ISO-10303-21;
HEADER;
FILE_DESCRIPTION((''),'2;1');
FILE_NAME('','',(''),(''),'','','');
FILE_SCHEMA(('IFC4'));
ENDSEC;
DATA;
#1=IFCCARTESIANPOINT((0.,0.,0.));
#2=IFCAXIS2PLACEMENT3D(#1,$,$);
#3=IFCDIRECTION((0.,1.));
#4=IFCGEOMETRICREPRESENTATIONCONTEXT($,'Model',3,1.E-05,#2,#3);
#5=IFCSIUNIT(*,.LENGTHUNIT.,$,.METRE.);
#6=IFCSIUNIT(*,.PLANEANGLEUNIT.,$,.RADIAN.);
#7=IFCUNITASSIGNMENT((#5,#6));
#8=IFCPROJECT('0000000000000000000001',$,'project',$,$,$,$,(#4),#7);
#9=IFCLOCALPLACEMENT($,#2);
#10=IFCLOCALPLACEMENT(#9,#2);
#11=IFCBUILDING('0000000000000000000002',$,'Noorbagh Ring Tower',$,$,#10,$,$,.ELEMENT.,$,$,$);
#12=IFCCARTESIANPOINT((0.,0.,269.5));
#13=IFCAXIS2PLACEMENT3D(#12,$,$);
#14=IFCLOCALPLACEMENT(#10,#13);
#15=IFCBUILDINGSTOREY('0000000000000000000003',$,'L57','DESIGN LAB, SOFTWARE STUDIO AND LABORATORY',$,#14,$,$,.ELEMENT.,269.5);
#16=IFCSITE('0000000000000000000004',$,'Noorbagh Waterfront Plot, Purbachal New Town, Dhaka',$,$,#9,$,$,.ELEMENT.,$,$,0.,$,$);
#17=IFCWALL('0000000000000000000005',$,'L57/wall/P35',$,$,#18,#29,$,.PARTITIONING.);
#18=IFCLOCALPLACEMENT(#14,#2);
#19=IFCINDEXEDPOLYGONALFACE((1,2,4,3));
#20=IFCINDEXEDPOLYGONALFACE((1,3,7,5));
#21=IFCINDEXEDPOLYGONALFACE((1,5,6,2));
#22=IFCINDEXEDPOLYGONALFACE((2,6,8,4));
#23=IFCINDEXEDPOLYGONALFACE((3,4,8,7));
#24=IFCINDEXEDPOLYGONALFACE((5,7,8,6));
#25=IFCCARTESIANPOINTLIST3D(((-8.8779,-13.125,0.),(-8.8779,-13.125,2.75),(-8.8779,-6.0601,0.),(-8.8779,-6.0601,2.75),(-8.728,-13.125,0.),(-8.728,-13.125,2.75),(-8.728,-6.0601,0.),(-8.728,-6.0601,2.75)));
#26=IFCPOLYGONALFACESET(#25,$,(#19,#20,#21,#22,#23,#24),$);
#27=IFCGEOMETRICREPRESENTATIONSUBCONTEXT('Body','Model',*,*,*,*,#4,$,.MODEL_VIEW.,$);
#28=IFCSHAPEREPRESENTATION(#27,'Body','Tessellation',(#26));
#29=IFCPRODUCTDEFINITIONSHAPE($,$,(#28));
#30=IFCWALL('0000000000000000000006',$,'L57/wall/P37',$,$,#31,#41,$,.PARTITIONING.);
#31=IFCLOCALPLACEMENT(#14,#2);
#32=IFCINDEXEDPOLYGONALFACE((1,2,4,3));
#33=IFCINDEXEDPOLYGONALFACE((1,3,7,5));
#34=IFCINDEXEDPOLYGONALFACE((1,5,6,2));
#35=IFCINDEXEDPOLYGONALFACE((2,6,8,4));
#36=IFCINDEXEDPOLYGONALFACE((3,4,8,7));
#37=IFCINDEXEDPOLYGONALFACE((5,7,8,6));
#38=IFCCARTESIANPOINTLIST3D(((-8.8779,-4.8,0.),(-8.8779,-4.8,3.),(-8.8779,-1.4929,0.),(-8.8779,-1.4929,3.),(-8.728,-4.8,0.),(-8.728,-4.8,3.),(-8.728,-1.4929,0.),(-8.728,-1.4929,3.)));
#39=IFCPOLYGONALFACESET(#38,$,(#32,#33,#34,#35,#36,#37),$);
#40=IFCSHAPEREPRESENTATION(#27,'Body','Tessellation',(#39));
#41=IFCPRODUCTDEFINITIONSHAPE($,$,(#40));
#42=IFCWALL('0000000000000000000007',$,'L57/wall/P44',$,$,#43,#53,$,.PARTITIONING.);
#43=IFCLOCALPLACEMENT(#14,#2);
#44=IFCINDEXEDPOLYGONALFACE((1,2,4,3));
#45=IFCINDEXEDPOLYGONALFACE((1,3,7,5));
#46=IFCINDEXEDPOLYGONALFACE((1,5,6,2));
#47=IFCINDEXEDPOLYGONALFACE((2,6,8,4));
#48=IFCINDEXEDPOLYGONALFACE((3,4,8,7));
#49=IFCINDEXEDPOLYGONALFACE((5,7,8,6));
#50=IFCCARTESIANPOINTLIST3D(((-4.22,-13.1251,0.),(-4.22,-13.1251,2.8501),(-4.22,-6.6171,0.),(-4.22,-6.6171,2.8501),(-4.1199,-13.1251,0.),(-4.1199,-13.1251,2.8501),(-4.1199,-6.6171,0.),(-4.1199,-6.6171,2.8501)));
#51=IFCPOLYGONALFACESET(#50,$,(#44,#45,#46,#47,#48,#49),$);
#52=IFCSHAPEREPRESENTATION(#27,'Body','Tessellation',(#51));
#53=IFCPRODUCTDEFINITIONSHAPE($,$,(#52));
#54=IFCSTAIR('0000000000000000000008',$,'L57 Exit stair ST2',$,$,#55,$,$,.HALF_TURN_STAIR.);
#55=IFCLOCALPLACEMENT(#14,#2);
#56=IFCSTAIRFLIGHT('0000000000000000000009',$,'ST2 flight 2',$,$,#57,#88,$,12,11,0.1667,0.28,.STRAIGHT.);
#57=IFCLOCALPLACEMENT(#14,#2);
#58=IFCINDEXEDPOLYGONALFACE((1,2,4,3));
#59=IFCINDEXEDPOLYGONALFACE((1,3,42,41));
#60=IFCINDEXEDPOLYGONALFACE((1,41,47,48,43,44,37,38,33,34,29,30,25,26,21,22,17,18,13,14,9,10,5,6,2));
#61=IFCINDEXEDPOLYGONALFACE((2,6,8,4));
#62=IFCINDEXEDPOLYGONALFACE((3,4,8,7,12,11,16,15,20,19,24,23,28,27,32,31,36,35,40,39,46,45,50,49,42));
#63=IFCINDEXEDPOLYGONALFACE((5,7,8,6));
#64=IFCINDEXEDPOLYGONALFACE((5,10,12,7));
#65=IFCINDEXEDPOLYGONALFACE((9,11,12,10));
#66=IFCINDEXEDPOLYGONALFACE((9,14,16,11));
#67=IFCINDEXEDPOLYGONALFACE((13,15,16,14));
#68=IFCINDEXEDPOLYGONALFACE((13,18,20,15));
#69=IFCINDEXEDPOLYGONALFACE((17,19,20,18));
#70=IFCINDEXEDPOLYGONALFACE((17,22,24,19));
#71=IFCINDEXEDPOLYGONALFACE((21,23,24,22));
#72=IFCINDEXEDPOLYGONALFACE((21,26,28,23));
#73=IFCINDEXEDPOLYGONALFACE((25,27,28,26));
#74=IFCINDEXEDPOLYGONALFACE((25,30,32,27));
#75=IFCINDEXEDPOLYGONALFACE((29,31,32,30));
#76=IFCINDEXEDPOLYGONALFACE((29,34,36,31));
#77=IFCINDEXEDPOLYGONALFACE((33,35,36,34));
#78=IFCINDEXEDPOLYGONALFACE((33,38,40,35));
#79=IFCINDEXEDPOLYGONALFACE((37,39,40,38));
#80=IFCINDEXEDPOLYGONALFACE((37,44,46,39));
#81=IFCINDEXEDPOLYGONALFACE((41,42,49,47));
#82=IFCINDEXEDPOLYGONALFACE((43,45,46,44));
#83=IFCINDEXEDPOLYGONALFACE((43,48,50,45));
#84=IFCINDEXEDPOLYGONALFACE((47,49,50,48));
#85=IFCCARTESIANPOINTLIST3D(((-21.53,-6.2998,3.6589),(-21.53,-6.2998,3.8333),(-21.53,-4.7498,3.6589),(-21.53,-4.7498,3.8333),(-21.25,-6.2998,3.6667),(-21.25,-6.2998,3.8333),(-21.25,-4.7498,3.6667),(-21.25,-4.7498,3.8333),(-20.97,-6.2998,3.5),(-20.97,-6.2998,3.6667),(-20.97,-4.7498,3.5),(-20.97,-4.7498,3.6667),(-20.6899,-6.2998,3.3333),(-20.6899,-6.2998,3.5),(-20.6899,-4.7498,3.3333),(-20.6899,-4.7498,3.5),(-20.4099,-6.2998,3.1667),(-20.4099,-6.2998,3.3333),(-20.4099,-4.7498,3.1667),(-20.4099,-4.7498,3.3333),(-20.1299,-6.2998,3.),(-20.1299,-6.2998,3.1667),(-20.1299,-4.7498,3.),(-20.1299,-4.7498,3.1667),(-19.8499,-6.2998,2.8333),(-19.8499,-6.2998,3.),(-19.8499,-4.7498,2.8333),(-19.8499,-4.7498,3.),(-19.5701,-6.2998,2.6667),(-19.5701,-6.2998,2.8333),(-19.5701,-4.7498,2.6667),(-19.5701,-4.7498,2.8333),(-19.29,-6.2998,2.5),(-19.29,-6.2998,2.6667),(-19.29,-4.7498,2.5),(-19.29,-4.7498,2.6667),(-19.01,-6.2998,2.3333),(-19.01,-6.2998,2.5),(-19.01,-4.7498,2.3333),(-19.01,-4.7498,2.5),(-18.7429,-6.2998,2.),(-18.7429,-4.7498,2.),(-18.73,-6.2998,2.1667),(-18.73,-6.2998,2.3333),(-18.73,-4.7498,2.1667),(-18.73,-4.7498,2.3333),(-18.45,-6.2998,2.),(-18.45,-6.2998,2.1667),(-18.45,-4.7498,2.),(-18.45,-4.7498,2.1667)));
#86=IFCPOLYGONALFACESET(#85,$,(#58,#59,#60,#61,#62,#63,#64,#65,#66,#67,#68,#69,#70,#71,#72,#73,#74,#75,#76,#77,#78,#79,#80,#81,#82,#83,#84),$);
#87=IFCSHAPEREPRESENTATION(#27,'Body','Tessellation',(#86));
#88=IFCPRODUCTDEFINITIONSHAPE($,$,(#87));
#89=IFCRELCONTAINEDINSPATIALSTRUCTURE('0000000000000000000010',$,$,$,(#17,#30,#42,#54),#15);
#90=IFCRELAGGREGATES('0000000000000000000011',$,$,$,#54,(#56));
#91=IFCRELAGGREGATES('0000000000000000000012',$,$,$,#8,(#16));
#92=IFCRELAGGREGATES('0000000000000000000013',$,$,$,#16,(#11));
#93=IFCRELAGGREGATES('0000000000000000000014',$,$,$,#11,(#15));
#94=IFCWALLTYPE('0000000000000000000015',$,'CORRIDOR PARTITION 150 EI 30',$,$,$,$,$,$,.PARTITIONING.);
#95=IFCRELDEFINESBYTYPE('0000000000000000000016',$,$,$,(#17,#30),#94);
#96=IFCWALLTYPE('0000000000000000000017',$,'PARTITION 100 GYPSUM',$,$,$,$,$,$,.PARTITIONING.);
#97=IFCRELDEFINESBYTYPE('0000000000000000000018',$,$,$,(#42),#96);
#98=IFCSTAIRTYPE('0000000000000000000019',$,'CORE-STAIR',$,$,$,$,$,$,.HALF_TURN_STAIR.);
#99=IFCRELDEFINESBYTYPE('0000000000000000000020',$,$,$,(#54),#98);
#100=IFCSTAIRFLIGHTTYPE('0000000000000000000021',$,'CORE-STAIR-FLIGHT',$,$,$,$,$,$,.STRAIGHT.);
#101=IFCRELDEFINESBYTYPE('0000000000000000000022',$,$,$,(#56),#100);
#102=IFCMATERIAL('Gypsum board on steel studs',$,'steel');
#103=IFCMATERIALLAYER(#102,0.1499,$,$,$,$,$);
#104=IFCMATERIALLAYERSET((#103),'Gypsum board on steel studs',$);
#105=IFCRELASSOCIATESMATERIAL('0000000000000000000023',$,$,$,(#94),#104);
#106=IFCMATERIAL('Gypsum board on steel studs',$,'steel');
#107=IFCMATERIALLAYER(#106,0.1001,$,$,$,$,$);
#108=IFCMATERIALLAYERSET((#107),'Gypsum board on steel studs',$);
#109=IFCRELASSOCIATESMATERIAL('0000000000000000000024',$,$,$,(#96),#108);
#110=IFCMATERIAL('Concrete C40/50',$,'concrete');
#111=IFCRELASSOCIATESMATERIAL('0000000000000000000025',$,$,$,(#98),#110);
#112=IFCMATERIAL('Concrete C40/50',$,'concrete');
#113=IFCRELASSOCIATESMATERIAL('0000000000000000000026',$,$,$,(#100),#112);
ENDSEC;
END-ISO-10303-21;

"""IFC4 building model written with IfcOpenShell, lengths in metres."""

from ifc_helpers import new_model, si_unit, direction, frame, frame_2d, origin, place, context, subcontext, project, spatial, polyline, rectangle, outline, extrude, material, layer, layer_set, type_object, element, aggregate, save


model = new_model("IFC4")

# Units and contexts
model_context = context("Model", 3, precision=1e-05, world=origin(), true_north=direction((0.0, 1.0)))
body_context = subcontext(model_context, "Body", "Model", "MODEL_VIEW")
ifc_project = project(units=[si_unit("LENGTHUNIT", "METRE"), si_unit("PLANEANGLEUNIT", "RADIAN")], contexts=[model_context])

# Site, building, storey
site_placement = place(None, origin())
site = spatial("IfcSite", under=ifc_project, at=site_placement, Name="Noorbagh Waterfront Plot, Purbachal New Town, Dhaka", CompositionType="ELEMENT", RefElevation=0.0)
building_placement = place(site_placement, origin())
building = spatial("IfcBuilding", under=site, at=building_placement, Name="Noorbagh Ring Tower", CompositionType="ELEMENT")
storey_placement = place(building_placement, frame((0.0, 0.0, 269.5)))
storey = spatial("IfcBuildingStorey", under=building, at=storey_placement, Name="L57", Description="DESIGN LAB, SOFTWARE STUDIO AND LABORATORY", CompositionType="ELEMENT", Elevation=269.5)

# Shared definitions
ifc_material_1 = material(Name="Gypsum board on steel studs", Category="steel")
ifc_layer_1 = layer(ifc_material_1, 0.1499)
ifc_layer_set_1 = layer_set([ifc_layer_1], Name="Gypsum board on steel studs")
wall_type_1 = type_object("IfcWallType", Name="CORRIDOR PARTITION 150 EI 30", PredefinedType="PARTITIONING", material=ifc_layer_set_1)

# Walls
wall_1_placement = place(storey_placement, frame((-8.803, -13.125, 0.0), z_axis=(0.0, 0.0, 1.0), x_axis=(0.0, 1.0, 0.0)))
element("IfcWall", 1, at=wall_1_placement, inside=storey, type_object=wall_type_1, Name="L57/wall/P35", PredefinedType="PARTITIONING", context=body_context, shape_type="SweptSolid", body=[
    extrude(rectangle(XDim=7.0649, YDim=0.1499, at=frame_2d((3.5325, 0.0))), origin(), (0.0, 0.0, 1.0), 2.75),
])
wall_2_placement = place(storey_placement, frame((-8.803, -4.8, 0.0), z_axis=(0.0, 0.0, 1.0), x_axis=(0.0, 1.0, 0.0)))
element("IfcWall", 2, at=wall_2_placement, inside=storey, type_object=wall_type_1, Name="L57/wall/P37", PredefinedType="PARTITIONING", context=body_context, shape_type="SweptSolid", body=[
    extrude(rectangle(XDim=3.3071, YDim=0.1499, at=frame_2d((1.6536, 0.0))), origin(), (0.0, 0.0, 1.0), 3.0),
])
ifc_material_2 = material(Name="Gypsum board on steel studs", Category="steel")
ifc_layer_2 = layer(ifc_material_2, 0.1001)
ifc_layer_set_2 = layer_set([ifc_layer_2], Name="Gypsum board on steel studs")
wall_type_2 = type_object("IfcWallType", Name="PARTITION 100 GYPSUM", PredefinedType="PARTITIONING", material=ifc_layer_set_2)
wall_3_placement = place(storey_placement, frame((-4.1699, -13.125, 0.0), z_axis=(0.0, 0.0, 1.0), x_axis=(0.0, 1.0, 0.0)))
element("IfcWall", 3, at=wall_3_placement, inside=storey, type_object=wall_type_2, Name="L57/wall/P44", PredefinedType="PARTITIONING", context=body_context, shape_type="SweptSolid", body=[
    extrude(rectangle(XDim=6.5081, YDim=0.1001, at=frame_2d((3.2539, 0.0))), origin(), (0.0, 0.0, 1.0), 2.8501),
])

# Stair, stair flight
ifc_material_3 = material(Name="Concrete C40/50", Category="concrete")
stair_type = type_object("IfcStairType", Name="CORE-STAIR", PredefinedType="HALF_TURN_STAIR", material=ifc_material_3)
stair_placement = place(storey_placement, origin())
stair = element("IfcStair", 4, at=stair_placement, inside=storey, type_object=stair_type, Name="L57 Exit stair ST2", PredefinedType="HALF_TURN_STAIR")
ifc_material_4 = material(Name="Concrete C40/50", Category="concrete")
stair_flight_type = type_object("IfcStairFlightType", Name="CORE-STAIR-FLIGHT", PredefinedType="STRAIGHT", material=ifc_material_4)
stair_flight_placement = place(storey_placement, frame((-18.45, -5.5249, 2.0), z_axis=(0.0, 0.0, 1.0), x_axis=(-1.0, 0.0, 0.0)))
stair_flight = element("IfcStairFlight", 5, at=stair_flight_placement, type_object=stair_flight_type, Name="ST2 flight 2", NumberOfRisers=12, NumberOfTreads=11, PredefinedType="STRAIGHT", RiserHeight=0.1667, TreadLength=0.28, context=body_context, shape_type="SweptSolid", body=[
    extrude(outline(polyline([(0.0, 0.0), (0.0, 0.1667), (0.28, 0.1667), (0.28, 0.3333), (0.5601, 0.3333), (0.5601, 0.5), (0.8401, 0.5), (0.8401, 0.6667), (1.1201, 0.6667), (1.1201, 0.8333), (1.3999, 0.8333), (1.3999, 1.0), (1.6799, 1.0), (1.6799, 1.1667), (1.96, 1.1667), (1.96, 1.3333), (2.24, 1.3333), (2.24, 1.5), (2.52, 1.5), (2.52, 1.6667), (2.8, 1.6667), (2.8, 1.8333), (3.0801, 1.8333), (3.0801, 2.0), (3.0801, 1.6589), (0.293, 0.0), (0.0, 0.0)])), frame((0.0, 0.7749, 0.0), z_axis=(0.0, -1.0, 0.0), x_axis=(1.0, 0.0, 0.0)), (0.0, 0.0, 1.0), 1.55),
])
aggregate(stair, [stair_flight])

save(model, "model.ifc")
